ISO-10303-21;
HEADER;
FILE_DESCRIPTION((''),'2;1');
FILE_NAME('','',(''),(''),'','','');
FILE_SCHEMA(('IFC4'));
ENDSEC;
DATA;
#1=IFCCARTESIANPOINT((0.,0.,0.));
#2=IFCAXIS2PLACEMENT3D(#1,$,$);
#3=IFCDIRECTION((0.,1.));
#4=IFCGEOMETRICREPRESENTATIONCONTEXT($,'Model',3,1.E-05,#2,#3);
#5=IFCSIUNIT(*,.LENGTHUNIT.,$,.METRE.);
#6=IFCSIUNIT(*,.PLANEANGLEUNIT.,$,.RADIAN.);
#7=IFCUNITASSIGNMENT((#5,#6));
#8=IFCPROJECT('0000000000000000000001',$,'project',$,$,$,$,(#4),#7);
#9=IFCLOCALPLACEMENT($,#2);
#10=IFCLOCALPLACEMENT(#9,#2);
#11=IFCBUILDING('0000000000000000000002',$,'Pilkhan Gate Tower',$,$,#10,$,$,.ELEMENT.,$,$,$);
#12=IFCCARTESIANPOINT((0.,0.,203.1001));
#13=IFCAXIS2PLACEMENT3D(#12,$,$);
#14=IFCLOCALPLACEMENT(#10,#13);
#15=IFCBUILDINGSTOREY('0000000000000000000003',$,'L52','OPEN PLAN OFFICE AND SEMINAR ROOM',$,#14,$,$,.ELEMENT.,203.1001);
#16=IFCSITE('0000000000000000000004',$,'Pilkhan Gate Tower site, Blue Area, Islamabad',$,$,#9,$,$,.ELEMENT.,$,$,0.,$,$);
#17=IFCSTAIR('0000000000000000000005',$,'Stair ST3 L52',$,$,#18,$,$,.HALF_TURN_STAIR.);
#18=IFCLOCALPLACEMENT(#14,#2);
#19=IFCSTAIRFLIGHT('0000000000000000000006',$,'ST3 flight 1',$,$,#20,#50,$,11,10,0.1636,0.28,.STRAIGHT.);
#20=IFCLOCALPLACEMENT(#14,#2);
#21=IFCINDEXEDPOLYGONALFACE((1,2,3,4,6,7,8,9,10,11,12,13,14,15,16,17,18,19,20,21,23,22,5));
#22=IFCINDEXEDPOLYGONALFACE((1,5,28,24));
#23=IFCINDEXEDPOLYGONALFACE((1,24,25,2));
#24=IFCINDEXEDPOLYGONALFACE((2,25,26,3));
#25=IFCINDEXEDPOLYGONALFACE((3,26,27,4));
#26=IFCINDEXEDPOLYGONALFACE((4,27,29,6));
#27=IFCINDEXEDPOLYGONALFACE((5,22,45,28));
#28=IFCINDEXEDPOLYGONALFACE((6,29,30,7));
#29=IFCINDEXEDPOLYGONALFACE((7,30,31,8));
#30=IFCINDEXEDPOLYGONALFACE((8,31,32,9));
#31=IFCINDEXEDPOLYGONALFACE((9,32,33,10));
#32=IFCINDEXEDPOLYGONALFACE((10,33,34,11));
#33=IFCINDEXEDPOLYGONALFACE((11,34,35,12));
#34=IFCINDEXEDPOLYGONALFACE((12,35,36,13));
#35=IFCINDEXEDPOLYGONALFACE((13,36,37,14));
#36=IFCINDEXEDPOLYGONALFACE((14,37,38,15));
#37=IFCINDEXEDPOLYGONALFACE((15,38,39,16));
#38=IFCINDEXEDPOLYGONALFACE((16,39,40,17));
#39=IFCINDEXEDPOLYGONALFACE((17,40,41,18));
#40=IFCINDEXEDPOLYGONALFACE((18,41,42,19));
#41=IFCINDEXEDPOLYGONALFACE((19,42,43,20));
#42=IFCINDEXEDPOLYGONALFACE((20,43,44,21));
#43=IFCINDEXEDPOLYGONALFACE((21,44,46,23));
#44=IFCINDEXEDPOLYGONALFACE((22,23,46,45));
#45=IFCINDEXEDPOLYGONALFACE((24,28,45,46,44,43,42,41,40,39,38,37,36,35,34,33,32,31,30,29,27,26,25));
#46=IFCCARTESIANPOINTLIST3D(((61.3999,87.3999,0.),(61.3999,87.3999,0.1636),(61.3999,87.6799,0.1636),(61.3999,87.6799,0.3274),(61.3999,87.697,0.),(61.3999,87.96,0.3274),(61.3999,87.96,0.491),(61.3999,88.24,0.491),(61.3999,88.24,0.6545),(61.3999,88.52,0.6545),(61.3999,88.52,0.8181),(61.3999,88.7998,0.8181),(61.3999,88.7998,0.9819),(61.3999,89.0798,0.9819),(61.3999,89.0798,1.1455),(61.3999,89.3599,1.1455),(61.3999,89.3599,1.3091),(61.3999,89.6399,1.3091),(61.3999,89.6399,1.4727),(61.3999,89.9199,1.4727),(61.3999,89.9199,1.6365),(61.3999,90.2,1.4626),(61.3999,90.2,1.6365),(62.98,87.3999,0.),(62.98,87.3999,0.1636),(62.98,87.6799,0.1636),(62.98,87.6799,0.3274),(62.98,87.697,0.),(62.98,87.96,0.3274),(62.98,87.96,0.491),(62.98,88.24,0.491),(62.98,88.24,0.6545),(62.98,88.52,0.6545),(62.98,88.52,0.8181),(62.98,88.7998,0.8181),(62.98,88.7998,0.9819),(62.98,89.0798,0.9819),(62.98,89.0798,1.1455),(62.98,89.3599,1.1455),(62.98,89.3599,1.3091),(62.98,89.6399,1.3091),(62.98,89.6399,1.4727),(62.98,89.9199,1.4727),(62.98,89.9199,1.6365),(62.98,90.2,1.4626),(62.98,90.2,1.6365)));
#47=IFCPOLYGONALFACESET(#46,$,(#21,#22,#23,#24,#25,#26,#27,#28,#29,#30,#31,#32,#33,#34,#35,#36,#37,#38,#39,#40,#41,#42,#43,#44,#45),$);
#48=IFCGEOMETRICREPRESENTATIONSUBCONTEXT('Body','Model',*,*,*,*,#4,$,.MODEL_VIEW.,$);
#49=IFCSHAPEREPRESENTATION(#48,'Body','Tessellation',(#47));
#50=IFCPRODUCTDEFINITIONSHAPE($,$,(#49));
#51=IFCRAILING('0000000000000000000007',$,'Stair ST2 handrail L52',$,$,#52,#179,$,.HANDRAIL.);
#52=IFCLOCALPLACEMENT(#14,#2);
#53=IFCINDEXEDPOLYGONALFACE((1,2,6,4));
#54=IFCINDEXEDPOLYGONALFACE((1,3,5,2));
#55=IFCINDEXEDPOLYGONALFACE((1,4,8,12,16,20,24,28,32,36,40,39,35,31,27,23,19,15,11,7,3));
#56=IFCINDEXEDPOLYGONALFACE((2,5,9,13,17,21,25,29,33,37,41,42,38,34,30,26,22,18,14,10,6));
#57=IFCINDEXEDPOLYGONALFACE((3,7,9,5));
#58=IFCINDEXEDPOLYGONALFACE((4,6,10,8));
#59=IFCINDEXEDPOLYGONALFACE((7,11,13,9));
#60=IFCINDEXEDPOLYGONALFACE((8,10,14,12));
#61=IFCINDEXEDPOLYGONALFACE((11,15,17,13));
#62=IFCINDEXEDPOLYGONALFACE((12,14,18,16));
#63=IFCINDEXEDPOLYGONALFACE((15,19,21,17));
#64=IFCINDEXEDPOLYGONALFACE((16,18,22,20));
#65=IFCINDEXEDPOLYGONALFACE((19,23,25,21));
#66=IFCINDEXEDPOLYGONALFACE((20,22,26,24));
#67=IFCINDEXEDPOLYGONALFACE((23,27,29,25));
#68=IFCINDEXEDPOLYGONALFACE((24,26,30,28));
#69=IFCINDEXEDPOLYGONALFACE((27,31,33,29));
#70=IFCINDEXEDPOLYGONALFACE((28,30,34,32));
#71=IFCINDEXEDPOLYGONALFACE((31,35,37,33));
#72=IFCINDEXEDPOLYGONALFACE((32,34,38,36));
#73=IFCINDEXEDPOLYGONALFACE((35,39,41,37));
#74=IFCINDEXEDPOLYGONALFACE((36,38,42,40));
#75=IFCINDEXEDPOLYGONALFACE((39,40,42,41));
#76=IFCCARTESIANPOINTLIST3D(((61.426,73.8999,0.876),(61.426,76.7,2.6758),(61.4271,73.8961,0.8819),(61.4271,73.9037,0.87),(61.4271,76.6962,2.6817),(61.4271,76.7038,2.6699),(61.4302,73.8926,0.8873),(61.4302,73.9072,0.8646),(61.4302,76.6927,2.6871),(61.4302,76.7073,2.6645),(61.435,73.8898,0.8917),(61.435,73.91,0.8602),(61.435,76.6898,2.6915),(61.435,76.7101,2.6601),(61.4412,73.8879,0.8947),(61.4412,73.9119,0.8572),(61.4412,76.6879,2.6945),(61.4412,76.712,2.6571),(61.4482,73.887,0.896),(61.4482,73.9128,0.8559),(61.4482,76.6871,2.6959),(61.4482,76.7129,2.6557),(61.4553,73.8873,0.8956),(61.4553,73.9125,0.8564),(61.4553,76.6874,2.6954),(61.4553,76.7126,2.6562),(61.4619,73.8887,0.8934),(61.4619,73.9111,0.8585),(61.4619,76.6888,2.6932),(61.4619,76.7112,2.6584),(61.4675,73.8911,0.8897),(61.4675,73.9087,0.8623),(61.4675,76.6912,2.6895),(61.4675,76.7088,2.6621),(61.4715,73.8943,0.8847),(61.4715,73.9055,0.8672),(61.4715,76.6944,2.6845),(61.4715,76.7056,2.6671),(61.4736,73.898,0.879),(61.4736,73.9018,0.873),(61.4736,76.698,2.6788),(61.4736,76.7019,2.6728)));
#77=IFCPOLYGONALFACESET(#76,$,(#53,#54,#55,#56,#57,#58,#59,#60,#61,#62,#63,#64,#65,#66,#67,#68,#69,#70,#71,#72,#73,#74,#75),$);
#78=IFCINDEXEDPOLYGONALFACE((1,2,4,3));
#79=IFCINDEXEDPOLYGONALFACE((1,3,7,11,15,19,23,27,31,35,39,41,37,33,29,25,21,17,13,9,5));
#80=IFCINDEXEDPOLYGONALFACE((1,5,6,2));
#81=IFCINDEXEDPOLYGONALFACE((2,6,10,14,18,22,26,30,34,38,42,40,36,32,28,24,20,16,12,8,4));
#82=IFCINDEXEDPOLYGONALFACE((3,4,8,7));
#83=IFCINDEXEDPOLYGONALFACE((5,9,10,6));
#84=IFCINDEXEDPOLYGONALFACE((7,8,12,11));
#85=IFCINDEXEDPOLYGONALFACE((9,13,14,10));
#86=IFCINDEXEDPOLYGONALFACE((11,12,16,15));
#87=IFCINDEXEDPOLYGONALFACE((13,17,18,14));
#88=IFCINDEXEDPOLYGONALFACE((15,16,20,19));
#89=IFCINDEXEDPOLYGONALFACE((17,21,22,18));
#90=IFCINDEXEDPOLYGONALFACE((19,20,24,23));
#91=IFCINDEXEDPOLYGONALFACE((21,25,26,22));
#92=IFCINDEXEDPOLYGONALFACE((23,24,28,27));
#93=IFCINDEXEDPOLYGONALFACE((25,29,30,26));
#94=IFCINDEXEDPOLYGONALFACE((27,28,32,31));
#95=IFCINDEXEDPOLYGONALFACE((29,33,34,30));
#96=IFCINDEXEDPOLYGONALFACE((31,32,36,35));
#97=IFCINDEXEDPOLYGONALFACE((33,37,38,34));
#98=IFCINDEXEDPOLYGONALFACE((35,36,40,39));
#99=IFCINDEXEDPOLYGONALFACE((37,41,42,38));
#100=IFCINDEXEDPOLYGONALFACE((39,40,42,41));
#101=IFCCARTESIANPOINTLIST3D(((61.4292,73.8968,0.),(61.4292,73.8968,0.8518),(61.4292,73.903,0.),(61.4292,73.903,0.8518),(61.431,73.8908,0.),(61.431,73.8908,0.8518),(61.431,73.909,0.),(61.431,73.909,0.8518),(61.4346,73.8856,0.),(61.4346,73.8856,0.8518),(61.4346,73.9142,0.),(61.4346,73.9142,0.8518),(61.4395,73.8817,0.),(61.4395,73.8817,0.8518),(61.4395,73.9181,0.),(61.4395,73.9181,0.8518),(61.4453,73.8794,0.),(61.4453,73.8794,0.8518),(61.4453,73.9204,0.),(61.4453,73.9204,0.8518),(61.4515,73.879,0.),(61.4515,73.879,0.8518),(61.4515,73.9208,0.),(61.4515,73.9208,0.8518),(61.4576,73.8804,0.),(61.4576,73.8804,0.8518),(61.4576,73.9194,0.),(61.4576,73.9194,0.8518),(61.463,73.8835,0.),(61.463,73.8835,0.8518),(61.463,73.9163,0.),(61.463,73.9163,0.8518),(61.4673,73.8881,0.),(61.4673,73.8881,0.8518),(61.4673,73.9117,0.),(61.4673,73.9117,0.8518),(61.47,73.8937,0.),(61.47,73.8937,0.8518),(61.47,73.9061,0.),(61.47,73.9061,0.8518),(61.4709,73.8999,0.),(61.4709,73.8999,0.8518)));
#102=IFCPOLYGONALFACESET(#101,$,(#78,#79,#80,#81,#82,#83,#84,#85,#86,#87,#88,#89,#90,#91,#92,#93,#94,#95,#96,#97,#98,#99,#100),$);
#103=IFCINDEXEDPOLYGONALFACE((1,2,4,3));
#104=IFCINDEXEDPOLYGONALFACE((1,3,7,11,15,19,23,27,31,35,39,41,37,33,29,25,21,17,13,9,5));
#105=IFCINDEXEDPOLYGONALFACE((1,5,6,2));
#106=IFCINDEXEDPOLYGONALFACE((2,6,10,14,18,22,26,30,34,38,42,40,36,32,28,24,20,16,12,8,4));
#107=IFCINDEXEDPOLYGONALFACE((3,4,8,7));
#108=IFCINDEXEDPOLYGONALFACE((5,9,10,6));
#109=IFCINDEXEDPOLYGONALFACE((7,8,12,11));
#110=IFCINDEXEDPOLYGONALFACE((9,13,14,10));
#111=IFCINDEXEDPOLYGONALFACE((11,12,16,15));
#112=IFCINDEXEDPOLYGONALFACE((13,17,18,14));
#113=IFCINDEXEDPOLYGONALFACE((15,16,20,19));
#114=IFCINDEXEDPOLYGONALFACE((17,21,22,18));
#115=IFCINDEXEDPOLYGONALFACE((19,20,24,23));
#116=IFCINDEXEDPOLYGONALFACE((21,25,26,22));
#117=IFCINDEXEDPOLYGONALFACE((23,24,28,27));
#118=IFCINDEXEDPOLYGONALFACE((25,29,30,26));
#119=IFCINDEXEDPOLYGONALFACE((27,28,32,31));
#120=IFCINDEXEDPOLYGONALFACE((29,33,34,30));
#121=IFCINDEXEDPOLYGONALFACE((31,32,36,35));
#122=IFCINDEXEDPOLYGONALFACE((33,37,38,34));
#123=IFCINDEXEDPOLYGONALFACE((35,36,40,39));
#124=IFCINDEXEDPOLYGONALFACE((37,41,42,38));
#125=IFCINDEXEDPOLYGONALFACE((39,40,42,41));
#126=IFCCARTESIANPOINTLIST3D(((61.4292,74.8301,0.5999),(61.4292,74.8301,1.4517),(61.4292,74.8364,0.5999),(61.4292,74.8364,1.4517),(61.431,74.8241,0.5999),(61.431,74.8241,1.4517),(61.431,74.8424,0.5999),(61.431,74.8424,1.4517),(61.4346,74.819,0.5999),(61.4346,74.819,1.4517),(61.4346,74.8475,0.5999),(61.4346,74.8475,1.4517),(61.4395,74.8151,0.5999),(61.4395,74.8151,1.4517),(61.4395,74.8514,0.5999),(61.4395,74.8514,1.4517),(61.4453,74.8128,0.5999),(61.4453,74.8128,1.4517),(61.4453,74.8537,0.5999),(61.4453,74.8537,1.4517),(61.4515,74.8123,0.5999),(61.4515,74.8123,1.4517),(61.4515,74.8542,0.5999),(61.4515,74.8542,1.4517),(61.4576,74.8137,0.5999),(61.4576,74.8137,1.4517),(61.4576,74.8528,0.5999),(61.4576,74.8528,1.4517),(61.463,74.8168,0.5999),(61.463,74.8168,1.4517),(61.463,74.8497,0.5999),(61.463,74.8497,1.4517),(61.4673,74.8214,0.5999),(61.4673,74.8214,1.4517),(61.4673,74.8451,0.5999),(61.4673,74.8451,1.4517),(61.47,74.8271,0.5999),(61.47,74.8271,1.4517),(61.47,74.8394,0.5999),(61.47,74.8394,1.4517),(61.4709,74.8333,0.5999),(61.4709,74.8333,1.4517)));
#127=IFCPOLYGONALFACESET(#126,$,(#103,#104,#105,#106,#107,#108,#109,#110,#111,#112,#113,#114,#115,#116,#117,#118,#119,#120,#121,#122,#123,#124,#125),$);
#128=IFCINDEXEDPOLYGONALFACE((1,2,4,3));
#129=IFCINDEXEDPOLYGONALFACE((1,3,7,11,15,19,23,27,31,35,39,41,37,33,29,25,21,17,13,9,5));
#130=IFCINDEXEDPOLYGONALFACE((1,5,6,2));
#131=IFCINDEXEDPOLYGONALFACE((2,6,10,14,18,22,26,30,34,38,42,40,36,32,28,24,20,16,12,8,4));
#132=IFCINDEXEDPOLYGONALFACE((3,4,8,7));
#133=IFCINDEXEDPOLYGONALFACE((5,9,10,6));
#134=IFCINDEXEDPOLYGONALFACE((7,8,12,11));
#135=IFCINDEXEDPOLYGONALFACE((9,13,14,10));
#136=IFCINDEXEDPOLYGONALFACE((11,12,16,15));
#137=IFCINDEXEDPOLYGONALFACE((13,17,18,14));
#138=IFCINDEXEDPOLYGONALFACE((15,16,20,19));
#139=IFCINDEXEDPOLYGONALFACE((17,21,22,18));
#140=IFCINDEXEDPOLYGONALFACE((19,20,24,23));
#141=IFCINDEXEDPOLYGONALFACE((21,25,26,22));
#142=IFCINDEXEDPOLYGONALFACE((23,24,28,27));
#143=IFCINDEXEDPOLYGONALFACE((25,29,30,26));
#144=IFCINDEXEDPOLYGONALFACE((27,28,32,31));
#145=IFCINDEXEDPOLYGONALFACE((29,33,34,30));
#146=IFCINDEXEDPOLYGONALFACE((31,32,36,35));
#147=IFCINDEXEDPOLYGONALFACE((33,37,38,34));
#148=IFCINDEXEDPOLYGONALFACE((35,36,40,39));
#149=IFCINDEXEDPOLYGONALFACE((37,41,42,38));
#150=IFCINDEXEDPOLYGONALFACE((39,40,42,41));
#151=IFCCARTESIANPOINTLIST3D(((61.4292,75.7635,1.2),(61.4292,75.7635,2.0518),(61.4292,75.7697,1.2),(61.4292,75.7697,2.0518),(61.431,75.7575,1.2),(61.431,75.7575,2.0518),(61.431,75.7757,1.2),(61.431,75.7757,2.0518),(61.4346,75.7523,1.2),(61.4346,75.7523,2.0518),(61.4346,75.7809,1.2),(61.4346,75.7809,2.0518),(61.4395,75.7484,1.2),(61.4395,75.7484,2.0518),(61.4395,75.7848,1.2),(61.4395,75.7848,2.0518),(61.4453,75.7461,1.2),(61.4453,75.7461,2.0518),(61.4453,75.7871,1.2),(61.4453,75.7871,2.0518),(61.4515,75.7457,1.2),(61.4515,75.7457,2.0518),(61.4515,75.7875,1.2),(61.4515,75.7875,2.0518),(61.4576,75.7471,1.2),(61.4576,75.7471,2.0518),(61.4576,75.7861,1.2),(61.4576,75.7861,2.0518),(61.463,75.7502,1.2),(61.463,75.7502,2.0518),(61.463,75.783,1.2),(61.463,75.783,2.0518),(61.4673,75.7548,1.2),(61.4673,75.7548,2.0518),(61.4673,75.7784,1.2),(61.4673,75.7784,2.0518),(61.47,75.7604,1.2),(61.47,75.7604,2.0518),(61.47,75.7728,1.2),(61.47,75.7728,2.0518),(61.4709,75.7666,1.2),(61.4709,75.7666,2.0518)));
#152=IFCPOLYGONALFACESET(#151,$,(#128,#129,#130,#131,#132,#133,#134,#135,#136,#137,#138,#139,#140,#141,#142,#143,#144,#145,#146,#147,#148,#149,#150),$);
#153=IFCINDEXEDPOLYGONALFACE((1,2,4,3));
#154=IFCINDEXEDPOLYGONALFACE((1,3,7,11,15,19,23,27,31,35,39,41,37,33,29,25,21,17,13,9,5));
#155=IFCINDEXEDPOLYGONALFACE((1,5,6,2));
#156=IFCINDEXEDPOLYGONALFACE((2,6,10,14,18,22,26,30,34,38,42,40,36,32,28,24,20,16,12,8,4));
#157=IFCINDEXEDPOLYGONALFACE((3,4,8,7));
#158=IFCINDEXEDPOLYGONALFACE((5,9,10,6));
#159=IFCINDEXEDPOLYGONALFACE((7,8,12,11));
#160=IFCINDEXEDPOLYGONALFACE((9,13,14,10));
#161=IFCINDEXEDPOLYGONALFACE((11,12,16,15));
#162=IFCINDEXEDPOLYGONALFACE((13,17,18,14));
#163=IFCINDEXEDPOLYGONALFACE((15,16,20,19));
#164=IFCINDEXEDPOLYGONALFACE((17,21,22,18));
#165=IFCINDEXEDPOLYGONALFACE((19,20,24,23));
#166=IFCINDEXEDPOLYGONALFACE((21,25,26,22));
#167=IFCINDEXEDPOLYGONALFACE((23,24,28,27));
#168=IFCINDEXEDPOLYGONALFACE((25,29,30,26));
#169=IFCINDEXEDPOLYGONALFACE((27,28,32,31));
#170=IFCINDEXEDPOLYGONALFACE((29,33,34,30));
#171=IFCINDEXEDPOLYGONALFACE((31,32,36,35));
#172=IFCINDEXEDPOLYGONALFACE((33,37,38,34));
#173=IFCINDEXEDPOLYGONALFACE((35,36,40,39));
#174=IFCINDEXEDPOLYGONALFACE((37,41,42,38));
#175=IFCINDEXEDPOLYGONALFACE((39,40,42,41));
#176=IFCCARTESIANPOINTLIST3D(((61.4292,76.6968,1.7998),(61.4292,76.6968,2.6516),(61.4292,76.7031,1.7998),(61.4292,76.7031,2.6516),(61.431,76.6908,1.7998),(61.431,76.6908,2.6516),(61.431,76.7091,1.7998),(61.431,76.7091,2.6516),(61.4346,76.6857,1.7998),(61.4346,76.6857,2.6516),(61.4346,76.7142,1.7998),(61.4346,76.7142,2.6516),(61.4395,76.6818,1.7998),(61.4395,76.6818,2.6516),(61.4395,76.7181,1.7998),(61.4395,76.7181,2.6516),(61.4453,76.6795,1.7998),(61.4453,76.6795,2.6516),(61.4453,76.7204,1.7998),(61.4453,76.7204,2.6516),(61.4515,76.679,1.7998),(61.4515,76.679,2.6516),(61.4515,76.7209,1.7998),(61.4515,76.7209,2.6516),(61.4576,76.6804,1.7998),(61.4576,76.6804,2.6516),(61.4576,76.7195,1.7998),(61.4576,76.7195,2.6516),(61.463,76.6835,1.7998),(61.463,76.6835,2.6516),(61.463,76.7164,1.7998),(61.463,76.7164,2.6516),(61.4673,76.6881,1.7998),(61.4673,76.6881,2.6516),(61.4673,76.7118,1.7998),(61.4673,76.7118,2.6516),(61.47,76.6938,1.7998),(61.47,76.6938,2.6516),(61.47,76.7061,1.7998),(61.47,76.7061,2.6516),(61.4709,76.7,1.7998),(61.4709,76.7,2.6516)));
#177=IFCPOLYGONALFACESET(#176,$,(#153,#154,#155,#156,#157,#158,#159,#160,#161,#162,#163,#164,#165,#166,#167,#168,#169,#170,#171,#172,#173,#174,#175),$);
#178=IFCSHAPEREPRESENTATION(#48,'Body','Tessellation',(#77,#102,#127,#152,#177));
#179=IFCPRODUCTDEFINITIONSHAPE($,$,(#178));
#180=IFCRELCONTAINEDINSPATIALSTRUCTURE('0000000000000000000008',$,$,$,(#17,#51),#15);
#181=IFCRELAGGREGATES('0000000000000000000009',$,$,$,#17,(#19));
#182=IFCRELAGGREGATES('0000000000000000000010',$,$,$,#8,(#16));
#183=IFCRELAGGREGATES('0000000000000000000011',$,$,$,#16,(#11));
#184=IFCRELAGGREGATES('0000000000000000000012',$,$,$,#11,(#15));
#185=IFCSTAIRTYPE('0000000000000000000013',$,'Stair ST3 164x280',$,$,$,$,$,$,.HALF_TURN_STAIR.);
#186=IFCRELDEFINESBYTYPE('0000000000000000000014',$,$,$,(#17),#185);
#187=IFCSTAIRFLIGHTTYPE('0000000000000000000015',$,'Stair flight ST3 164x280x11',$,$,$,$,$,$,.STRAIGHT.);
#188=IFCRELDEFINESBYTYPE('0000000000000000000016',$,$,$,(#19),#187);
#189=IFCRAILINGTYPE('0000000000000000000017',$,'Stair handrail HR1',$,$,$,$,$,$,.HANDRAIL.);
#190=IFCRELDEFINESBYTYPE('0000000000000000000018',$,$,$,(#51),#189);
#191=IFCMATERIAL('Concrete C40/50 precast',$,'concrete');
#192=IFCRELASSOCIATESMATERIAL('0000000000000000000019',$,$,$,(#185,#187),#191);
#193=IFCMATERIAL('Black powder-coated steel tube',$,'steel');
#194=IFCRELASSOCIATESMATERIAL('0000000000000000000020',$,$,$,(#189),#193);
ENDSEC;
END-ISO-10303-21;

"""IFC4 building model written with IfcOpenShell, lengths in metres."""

from ifc_helpers import new_model, si_unit, direction, frame, origin, origin_2d, place, context, subcontext, project, spatial, polyline, circle, outline, extrude, material, type_object, element, aggregate, save


model = new_model("IFC4")

# Units and contexts
model_context = context("Model", 3, precision=1e-05, world=origin(), true_north=direction((0.0, 1.0)))
body_context = subcontext(model_context, "Body", "Model", "MODEL_VIEW")
ifc_project = project(units=[si_unit("LENGTHUNIT", "METRE"), si_unit("PLANEANGLEUNIT", "RADIAN")], contexts=[model_context])

# Site, building, storey
site_placement = place(None, origin())
site = spatial("IfcSite", under=ifc_project, at=site_placement, Name="Pilkhan Gate Tower site, Blue Area, Islamabad", CompositionType="ELEMENT", RefElevation=0.0)
building_placement = place(site_placement, origin())
building = spatial("IfcBuilding", under=site, at=building_placement, Name="Pilkhan Gate Tower", CompositionType="ELEMENT")
storey_placement = place(building_placement, frame((0.0, 0.0, 203.1001)))
storey = spatial("IfcBuildingStorey", under=building, at=storey_placement, Name="L52", Description="OPEN PLAN OFFICE AND SEMINAR ROOM", CompositionType="ELEMENT", Elevation=203.1001)

# Shared definitions
ifc_material_1 = material(Name="Concrete C40/50 precast", Category="concrete")

# Stair, stair flight
stair_type_1 = type_object("IfcStairType", Name="Stair ST3 164x280", PredefinedType="HALF_TURN_STAIR", material=ifc_material_1)
stair_1_placement = place(storey_placement, origin())
stair_1 = element("IfcStair", 1, at=stair_1_placement, inside=storey, type_object=stair_type_1, Name="Stair ST3 L52", PredefinedType="HALF_TURN_STAIR")
stair_flight_type_1 = type_object("IfcStairFlightType", Name="Stair flight ST3 164x280x11", PredefinedType="STRAIGHT", material=ifc_material_1)
stair_flight_1_placement = place(storey_placement, frame((62.1899, 87.3999, 0.0), z_axis=(0.0, 0.0, 1.0), x_axis=(0.0, 1.0, 0.0)))
stair_flight_1 = element("IfcStairFlight", 2, at=stair_flight_1_placement, type_object=stair_flight_type_1, Name="ST3 flight 1", NumberOfRisers=11, NumberOfTreads=10, PredefinedType="STRAIGHT", RiserHeight=0.1636, TreadLength=0.28, context=body_context, shape_type="SweptSolid", body=[
    extrude(outline(polyline([(0.0, 0.0), (0.0, 0.1636), (0.28, 0.1636), (0.28, 0.3274), (0.5601, 0.3274), (0.5601, 0.491), (0.8401, 0.491), (0.8401, 0.6545), (1.1201, 0.6545), (1.1201, 0.8181), (1.3999, 0.8181), (1.3999, 0.9819), (1.6799, 0.9819), (1.6799, 1.1455), (1.96, 1.1455), (1.96, 1.3091), (2.24, 1.3091), (2.24, 1.4727), (2.52, 1.4727), (2.52, 1.6365), (2.8, 1.6365), (2.8, 1.8), (2.8, 1.4626), (0.2971, 0.0), (0.0, 0.0)])), frame((0.0, 0.79, 0.0), z_axis=(0.0, -1.0, 0.0), x_axis=(1.0, 0.0, 0.0)), (0.0, 0.0, 1.0), 1.5801),
])
aggregate(stair_1, [stair_flight_1])

# Railing
ifc_material_2 = material(Name="Black powder-coated steel tube", Category="steel")
railing_type_1 = type_object("IfcRailingType", Name="Stair handrail HR1", PredefinedType="HANDRAIL", material=ifc_material_2)
for number, where, name in (
    (3, (61.45, 73.8999, 0.0), "Stair ST2 handrail L52"),
):
    element("IfcRailing", number, at=place(storey_placement, frame(where)), inside=storey, type_object=railing_type_1, Name=name, PredefinedType="HANDRAIL", context=body_context, shape_type="SweptSolid", body=[
        extrude(circle(Radius=0.0239, at=origin_2d()), frame((0.0, 0.0, 0.876), z_axis=(0.0, 0.841209, 0.540709), x_axis=(-1.0, 0.0, 0.0)), (0.0, 0.0, 1.0), 3.3286),
        extrude(circle(Radius=0.021, at=origin_2d()), origin(), (0.0, 0.0, 1.0), 0.8518),
        extrude(circle(Radius=0.021, at=origin_2d()), frame((0.0, 0.9333, 0.5999)), (0.0, 0.0, 1.0), 0.8518),
        extrude(circle(Radius=0.021, at=origin_2d()), frame((0.0, 1.8667, 1.2)), (0.0, 0.0, 1.0), 0.8518),
        extrude(circle(Radius=0.021, at=origin_2d()), frame((0.0, 2.8, 1.7998)), (0.0, 0.0, 1.0), 0.8518),
    ])

save(model, "model.ifc")
